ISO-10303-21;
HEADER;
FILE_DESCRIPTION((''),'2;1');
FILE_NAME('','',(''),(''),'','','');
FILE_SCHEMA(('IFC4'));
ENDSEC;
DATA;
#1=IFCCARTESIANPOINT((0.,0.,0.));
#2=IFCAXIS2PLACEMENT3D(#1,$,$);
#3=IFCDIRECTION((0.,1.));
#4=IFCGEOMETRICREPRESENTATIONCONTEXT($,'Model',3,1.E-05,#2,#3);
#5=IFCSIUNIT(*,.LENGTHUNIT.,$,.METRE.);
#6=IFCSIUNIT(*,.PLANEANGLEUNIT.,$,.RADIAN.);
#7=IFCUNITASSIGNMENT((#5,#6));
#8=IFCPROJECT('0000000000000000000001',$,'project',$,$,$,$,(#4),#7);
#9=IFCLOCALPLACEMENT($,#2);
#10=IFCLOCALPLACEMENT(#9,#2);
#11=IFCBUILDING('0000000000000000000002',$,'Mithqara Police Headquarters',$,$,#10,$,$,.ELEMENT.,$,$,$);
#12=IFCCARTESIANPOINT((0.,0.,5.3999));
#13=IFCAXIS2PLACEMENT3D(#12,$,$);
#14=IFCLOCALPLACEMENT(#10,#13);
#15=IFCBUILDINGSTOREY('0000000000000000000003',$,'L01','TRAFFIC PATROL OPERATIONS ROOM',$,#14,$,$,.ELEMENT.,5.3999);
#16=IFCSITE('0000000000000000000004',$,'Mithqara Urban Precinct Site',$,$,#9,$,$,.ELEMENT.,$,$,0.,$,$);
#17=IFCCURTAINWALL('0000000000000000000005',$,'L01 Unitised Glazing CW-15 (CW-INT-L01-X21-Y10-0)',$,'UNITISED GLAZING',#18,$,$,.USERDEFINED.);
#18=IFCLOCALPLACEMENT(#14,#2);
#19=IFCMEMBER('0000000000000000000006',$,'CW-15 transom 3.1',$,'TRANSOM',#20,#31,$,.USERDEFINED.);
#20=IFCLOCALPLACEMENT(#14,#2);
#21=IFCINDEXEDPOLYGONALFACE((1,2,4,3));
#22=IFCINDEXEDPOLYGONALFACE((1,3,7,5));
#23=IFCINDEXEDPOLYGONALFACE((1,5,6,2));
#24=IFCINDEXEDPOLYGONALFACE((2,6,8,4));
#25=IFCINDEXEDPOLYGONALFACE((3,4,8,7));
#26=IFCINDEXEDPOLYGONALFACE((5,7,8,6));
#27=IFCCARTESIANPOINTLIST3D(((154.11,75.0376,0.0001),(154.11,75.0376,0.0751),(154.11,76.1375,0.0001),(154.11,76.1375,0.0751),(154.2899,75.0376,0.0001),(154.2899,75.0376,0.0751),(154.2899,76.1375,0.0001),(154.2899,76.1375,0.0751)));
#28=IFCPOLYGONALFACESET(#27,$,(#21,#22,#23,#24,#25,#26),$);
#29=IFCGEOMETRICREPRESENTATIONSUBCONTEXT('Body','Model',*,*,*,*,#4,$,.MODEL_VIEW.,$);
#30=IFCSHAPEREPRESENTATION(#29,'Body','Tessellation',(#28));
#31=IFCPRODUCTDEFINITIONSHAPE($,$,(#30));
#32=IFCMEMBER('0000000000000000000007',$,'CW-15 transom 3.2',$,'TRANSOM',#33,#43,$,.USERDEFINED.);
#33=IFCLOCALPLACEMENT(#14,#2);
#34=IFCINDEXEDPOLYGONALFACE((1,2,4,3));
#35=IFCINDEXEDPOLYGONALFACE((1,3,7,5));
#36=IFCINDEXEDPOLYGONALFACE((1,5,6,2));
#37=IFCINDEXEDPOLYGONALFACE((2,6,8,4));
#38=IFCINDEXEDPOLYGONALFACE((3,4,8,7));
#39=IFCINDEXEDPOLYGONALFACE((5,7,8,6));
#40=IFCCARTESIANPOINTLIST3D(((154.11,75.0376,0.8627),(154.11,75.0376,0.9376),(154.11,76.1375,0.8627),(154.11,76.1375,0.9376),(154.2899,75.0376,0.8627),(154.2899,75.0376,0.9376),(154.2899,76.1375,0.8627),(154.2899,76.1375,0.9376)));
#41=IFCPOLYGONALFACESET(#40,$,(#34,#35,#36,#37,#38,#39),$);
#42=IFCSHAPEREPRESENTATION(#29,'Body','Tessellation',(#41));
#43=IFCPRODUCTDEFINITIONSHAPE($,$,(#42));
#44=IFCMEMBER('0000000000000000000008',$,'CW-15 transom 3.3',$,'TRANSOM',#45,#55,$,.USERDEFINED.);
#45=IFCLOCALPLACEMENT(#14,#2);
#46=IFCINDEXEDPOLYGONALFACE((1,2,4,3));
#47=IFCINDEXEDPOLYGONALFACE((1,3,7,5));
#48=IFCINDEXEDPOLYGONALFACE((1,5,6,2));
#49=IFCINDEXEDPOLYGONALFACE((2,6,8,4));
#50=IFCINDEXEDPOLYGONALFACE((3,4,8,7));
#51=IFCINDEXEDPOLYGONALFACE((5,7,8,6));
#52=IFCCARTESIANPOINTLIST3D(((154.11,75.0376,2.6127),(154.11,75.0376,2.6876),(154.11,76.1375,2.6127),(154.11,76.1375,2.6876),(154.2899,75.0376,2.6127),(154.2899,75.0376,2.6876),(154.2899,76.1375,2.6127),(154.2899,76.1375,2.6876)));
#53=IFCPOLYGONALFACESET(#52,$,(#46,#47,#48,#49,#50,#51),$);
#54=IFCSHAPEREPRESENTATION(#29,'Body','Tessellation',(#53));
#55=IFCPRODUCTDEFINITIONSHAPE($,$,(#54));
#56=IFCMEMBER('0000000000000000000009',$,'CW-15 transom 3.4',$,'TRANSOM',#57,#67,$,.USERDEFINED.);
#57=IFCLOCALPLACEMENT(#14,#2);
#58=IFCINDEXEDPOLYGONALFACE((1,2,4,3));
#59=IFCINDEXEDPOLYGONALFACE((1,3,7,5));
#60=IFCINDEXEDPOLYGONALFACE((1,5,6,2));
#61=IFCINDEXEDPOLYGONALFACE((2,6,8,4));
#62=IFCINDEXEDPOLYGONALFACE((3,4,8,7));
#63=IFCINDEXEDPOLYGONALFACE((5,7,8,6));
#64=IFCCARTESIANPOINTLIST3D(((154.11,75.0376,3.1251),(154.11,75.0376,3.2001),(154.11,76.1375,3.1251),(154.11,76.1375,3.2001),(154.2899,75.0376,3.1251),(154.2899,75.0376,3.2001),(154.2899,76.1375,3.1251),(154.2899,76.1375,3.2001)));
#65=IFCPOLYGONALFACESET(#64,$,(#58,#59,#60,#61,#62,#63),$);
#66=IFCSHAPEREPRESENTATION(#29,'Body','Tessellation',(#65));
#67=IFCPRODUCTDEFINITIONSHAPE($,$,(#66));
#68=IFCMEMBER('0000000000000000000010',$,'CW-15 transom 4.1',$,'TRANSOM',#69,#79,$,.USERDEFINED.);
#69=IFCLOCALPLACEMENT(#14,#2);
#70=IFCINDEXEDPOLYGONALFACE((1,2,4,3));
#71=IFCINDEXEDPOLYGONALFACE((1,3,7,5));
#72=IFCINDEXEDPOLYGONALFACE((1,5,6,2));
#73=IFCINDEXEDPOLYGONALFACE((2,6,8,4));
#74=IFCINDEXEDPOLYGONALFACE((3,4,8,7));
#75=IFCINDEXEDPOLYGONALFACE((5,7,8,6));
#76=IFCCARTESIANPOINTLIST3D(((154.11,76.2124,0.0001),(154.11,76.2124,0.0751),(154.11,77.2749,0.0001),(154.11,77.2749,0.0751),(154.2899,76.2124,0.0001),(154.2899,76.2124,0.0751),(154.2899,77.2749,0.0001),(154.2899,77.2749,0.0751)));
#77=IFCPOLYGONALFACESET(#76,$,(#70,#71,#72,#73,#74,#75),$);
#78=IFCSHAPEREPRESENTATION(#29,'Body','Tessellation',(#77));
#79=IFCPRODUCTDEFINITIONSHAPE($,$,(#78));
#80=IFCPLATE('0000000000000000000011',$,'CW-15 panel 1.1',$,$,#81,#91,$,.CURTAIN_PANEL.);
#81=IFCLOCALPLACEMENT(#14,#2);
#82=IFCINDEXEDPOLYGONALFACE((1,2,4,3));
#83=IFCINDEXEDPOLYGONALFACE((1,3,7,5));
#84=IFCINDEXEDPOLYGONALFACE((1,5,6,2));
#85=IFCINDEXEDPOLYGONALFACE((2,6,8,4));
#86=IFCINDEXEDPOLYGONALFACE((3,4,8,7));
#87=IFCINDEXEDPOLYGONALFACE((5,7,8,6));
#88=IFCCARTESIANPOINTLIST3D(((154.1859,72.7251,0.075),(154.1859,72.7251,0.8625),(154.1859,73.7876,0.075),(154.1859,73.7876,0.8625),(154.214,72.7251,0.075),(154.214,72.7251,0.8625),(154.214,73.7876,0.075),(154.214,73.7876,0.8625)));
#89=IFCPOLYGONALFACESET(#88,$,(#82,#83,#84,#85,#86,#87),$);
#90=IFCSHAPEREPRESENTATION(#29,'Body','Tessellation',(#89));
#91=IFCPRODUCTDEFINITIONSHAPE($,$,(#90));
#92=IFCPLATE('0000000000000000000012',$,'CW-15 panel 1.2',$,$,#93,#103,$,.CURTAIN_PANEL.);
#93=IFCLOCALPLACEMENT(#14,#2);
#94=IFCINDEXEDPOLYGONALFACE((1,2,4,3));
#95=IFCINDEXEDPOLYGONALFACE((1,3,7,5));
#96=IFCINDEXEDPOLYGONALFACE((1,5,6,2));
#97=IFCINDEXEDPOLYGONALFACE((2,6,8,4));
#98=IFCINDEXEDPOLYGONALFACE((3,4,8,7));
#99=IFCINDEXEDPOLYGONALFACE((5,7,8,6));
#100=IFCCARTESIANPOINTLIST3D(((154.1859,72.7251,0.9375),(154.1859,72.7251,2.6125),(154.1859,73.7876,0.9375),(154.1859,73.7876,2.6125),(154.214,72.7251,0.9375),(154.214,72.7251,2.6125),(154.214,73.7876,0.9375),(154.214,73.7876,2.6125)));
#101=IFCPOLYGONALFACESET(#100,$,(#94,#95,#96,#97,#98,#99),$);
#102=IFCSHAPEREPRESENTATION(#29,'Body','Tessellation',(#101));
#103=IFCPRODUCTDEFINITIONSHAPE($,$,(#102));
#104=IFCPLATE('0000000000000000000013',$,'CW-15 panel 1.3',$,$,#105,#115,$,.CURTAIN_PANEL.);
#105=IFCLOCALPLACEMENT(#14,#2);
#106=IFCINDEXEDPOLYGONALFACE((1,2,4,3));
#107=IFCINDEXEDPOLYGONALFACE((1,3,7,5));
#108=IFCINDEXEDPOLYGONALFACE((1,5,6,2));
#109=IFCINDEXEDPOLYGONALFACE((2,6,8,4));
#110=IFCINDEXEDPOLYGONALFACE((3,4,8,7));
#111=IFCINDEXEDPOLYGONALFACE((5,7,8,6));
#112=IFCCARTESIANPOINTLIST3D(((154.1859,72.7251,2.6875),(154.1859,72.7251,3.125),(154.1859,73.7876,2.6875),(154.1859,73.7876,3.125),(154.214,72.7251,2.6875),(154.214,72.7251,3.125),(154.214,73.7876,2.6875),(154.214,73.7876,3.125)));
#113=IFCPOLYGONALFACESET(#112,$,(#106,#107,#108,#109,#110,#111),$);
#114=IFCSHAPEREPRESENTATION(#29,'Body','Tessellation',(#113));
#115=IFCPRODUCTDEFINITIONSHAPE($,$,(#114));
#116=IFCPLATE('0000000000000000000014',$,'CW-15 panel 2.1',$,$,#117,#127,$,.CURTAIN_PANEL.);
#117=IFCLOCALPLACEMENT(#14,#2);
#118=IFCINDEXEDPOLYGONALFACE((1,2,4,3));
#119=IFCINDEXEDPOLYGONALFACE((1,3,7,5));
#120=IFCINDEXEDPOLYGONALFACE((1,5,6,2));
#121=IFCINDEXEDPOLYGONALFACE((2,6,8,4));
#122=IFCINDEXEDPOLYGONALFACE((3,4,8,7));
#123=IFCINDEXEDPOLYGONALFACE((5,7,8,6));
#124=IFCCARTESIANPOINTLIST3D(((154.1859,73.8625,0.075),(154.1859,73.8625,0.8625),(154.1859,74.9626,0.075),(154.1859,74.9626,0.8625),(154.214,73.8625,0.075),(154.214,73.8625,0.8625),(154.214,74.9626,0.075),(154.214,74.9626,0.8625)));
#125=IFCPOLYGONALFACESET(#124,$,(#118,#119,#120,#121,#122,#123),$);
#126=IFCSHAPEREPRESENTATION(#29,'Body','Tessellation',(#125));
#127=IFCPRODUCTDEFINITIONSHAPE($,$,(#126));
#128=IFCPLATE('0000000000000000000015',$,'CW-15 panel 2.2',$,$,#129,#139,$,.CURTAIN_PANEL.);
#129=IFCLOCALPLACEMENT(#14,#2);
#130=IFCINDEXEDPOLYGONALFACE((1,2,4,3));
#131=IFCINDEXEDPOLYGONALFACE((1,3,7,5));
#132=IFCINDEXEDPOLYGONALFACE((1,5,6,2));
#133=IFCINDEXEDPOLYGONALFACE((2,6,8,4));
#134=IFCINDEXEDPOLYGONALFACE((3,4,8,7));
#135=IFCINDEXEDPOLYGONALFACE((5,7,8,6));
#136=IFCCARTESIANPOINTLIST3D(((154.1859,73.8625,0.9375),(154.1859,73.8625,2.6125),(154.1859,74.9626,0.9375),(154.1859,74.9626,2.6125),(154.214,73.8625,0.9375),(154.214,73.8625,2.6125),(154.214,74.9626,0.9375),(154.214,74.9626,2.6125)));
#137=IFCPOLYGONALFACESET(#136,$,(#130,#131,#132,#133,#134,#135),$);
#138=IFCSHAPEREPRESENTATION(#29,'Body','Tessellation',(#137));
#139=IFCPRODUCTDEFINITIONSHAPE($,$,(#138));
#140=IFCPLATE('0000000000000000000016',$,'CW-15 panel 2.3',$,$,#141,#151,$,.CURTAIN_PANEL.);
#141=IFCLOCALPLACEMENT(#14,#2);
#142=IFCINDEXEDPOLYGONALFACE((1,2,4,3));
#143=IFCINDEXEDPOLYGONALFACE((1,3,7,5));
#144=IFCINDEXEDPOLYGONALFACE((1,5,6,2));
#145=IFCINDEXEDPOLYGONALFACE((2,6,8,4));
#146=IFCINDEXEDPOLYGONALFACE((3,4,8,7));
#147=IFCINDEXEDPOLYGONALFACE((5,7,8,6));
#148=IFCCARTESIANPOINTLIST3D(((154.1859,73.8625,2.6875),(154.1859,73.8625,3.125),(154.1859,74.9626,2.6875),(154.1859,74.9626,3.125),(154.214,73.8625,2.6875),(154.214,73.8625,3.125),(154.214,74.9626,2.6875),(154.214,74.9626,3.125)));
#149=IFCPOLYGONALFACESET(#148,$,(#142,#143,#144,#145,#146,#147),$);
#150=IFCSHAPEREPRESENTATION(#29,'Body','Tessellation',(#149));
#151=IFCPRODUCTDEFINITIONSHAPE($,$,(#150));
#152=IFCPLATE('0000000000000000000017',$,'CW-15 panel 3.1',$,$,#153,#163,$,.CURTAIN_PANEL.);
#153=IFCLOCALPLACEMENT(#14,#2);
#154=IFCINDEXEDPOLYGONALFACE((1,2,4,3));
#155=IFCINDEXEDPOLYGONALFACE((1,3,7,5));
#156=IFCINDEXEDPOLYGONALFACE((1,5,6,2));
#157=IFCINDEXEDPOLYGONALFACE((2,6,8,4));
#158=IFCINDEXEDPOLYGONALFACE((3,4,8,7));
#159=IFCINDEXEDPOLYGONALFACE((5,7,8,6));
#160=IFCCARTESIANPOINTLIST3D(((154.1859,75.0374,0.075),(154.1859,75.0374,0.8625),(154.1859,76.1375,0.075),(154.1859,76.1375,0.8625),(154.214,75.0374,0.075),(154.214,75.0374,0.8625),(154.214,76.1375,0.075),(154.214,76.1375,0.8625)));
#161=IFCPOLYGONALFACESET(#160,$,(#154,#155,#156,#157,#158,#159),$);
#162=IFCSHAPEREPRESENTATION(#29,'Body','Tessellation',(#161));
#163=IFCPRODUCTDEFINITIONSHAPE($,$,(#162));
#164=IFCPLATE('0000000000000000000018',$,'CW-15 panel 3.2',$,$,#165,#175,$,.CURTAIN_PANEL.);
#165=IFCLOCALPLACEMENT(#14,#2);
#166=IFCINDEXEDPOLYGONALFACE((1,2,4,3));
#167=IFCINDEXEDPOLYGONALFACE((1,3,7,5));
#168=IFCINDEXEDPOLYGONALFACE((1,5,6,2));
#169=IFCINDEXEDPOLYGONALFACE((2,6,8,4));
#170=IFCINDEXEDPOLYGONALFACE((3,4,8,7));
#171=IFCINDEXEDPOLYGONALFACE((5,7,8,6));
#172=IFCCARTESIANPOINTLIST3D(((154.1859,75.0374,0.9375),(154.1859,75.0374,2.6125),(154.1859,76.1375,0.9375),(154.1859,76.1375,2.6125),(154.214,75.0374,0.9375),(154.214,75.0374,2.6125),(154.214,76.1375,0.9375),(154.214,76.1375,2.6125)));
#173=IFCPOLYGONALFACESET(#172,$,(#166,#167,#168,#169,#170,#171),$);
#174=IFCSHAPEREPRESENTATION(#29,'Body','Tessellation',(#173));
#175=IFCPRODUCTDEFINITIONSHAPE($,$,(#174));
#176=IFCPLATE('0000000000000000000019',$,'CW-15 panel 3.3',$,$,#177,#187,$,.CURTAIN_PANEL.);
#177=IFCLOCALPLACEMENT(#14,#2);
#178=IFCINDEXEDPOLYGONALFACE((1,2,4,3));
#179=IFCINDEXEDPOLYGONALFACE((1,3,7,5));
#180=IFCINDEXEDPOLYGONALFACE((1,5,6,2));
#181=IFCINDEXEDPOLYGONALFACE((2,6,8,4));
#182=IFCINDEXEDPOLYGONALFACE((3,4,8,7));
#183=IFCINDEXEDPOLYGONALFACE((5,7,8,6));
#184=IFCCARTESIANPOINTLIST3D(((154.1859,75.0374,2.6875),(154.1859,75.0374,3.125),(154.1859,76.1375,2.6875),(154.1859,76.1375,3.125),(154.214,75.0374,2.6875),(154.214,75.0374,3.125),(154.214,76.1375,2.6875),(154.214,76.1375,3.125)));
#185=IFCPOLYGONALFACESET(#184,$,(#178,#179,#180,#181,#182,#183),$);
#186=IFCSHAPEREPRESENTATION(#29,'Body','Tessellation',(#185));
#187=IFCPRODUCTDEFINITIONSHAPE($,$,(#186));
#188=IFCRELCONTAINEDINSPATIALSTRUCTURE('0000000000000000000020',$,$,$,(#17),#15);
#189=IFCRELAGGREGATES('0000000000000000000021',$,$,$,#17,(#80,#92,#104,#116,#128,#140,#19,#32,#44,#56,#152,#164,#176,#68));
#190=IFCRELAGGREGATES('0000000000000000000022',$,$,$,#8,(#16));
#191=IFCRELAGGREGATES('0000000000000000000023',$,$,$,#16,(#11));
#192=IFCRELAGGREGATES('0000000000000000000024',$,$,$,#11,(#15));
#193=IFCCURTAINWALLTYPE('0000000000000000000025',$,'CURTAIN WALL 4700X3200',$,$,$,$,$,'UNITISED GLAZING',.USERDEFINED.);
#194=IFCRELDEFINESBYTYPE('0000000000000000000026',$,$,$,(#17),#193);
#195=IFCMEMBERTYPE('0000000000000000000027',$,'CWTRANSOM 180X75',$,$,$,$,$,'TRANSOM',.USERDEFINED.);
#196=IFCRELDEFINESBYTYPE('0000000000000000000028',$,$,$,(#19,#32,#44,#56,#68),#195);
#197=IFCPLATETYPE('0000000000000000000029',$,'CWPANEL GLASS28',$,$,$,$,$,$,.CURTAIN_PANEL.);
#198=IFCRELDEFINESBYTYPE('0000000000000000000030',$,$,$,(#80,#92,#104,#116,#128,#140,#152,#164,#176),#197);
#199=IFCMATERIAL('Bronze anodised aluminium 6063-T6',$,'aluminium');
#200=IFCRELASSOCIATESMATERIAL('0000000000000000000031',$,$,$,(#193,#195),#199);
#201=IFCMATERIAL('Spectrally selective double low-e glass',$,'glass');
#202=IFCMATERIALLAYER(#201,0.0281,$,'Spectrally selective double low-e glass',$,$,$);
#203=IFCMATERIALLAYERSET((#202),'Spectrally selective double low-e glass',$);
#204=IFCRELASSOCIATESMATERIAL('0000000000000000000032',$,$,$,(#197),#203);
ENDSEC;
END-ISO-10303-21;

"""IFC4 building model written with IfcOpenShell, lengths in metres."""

from ifc_helpers import new_model, si_unit, direction, frame, origin, origin_2d, place, context, subcontext, project, spatial, rectangle, extrude, material, layer, layer_set, material_profile, profile_set, type_object, element, aggregate, save


model = new_model("IFC4")

# Units and contexts
model_context = context("Model", 3, precision=1e-05, world=origin(), true_north=direction((0.0, 1.0)))
body_context = subcontext(model_context, "Body", "Model", "MODEL_VIEW")
ifc_project = project(units=[si_unit("LENGTHUNIT", "METRE"), si_unit("PLANEANGLEUNIT", "RADIAN")], contexts=[model_context])

# Site, building, storey
site_placement = place(None, origin())
site = spatial("IfcSite", under=ifc_project, at=site_placement, Name="Mithqara Urban Precinct Site", CompositionType="ELEMENT", RefElevation=0.0)
building_placement = place(site_placement, origin())
building = spatial("IfcBuilding", under=site, at=building_placement, Name="Mithqara Police Headquarters", CompositionType="ELEMENT")
storey_placement = place(building_placement, frame((0.0, 0.0, 5.3999)))
storey = spatial("IfcBuildingStorey", under=building, at=storey_placement, Name="L01", Description="TRAFFIC PATROL OPERATIONS ROOM", CompositionType="ELEMENT", Elevation=5.3999)

# Curtain wall, members, plates
ifc_material_1 = material(Name="Bronze anodised aluminium 6063-T6", Category="aluminium")
curtain_wall_type = type_object("IfcCurtainWallType", Name="CURTAIN WALL 4700X3200", ElementType="UNITISED GLAZING", PredefinedType="USERDEFINED", material=ifc_material_1)
curtain_wall_placement = place(storey_placement, origin())
curtain_wall = element("IfcCurtainWall", 1, at=curtain_wall_placement, inside=storey, type_object=curtain_wall_type, Name="L01 Unitised Glazing CW-15 (CW-INT-L01-X21-Y10-0)", ObjectType="UNITISED GLAZING", PredefinedType="USERDEFINED")
ifc_material_profile_1 = material_profile(ifc_material_1, rectangle(XDim=0.1799, YDim=0.075, at=origin_2d()), Name="CWT 180x75")
ifc_profile_set_1 = profile_set([ifc_material_profile_1], Name="Bronze anodised aluminium 6063-T6")
member_type_1 = type_object("IfcMemberType", Name="CWTRANSOM 180X75", ElementType="TRANSOM", PredefinedType="USERDEFINED", material=ifc_profile_set_1)
member_1_placement = place(storey_placement, frame((154.2, 75.0376, 0.0376), z_axis=(0.0, 1.0, 0.0), x_axis=(-1.0, 0.0, 0.0)))
member_1 = element("IfcMember", 2, at=member_1_placement, type_object=member_type_1, Name="CW-15 transom 3.1", ObjectType="TRANSOM", PredefinedType="USERDEFINED", context=body_context, shape_type="SweptSolid", body=[
    extrude(rectangle(XDim=0.1799, YDim=0.075, at=origin_2d()), origin(), (0.0, 0.0, 1.0), 1.0999),
])
member_2_placement = place(storey_placement, frame((154.2, 75.0376, 0.9001), z_axis=(0.0, 1.0, 0.0), x_axis=(-1.0, 0.0, 0.0)))
member_2 = element("IfcMember", 3, at=member_2_placement, type_object=member_type_1, Name="CW-15 transom 3.2", ObjectType="TRANSOM", PredefinedType="USERDEFINED", context=body_context, shape_type="SweptSolid", body=[
    extrude(rectangle(XDim=0.1799, YDim=0.075, at=origin_2d()), origin(), (0.0, 0.0, 1.0), 1.0999),
])
member_3_placement = place(storey_placement, frame((154.2, 75.0376, 2.6501), z_axis=(0.0, 1.0, 0.0), x_axis=(-1.0, 0.0, 0.0)))
member_3 = element("IfcMember", 4, at=member_3_placement, type_object=member_type_1, Name="CW-15 transom 3.3", ObjectType="TRANSOM", PredefinedType="USERDEFINED", context=body_context, shape_type="SweptSolid", body=[
    extrude(rectangle(XDim=0.1799, YDim=0.075, at=origin_2d()), origin(), (0.0, 0.0, 1.0), 1.0999),
])
member_4_placement = place(storey_placement, frame((154.2, 75.0376, 3.1626), z_axis=(0.0, 1.0, 0.0), x_axis=(-1.0, 0.0, 0.0)))
member_4 = element("IfcMember", 5, at=member_4_placement, type_object=member_type_1, Name="CW-15 transom 3.4", ObjectType="TRANSOM", PredefinedType="USERDEFINED", context=body_context, shape_type="SweptSolid", body=[
    extrude(rectangle(XDim=0.1799, YDim=0.075, at=origin_2d()), origin(), (0.0, 0.0, 1.0), 1.0999),
])
member_5_placement = place(storey_placement, frame((154.2, 76.2124, 0.0376), z_axis=(0.0, 1.0, 0.0), x_axis=(-1.0, 0.0, 0.0)))
member_5 = element("IfcMember", 6, at=member_5_placement, type_object=member_type_1, Name="CW-15 transom 4.1", ObjectType="TRANSOM", PredefinedType="USERDEFINED", context=body_context, shape_type="SweptSolid", body=[
    extrude(rectangle(XDim=0.1799, YDim=0.075, at=origin_2d()), origin(), (0.0, 0.0, 1.0), 1.0625),
])
ifc_material_2 = material(Name="Spectrally selective double low-e glass", Category="glass")
ifc_layer = layer(ifc_material_2, 0.0281, Name="Spectrally selective double low-e glass")
ifc_layer_set = layer_set([ifc_layer], Name="Spectrally selective double low-e glass")
plate_type = type_object("IfcPlateType", Name="CWPANEL GLASS28", PredefinedType="CURTAIN_PANEL", material=ifc_layer_set)
plate_1_placement = place(storey_placement, frame((154.2, 73.2563, 0.075), z_axis=(0.0, 0.0, 1.0), x_axis=(0.0, 1.0, 0.0)))
plate_1 = element("IfcPlate", 7, at=plate_1_placement, type_object=plate_type, Name="CW-15 panel 1.1", PredefinedType="CURTAIN_PANEL", context=body_context, shape_type="SweptSolid", body=[
    extrude(rectangle(XDim=1.0625, YDim=0.0281, at=origin_2d()), origin(), (0.0, 0.0, 1.0), 0.7876),
])
plate_2_placement = place(storey_placement, frame((154.2, 73.2563, 0.9375), z_axis=(0.0, 0.0, 1.0), x_axis=(0.0, 1.0, 0.0)))
plate_2 = element("IfcPlate", 8, at=plate_2_placement, type_object=plate_type, Name="CW-15 panel 1.2", PredefinedType="CURTAIN_PANEL", context=body_context, shape_type="SweptSolid", body=[
    extrude(rectangle(XDim=1.0625, YDim=0.0281, at=origin_2d()), origin(), (0.0, 0.0, 1.0), 1.675),
])
plate_3_placement = place(storey_placement, frame((154.2, 73.2563, 2.6875), z_axis=(0.0, 0.0, 1.0), x_axis=(0.0, 1.0, 0.0)))
plate_3 = element("IfcPlate", 9, at=plate_3_placement, type_object=plate_type, Name="CW-15 panel 1.3", PredefinedType="CURTAIN_PANEL", context=body_context, shape_type="SweptSolid", body=[
    extrude(rectangle(XDim=1.0625, YDim=0.0281, at=origin_2d()), origin(), (0.0, 0.0, 1.0), 0.4375),
])
plate_4_placement = place(storey_placement, frame((154.2, 74.4126, 0.075), z_axis=(0.0, 0.0, 1.0), x_axis=(0.0, 1.0, 0.0)))
plate_4 = element("IfcPlate", 10, at=plate_4_placement, type_object=plate_type, Name="CW-15 panel 2.1", PredefinedType="CURTAIN_PANEL", context=body_context, shape_type="SweptSolid", body=[
    extrude(rectangle(XDim=1.1001, YDim=0.0281, at=origin_2d()), origin(), (0.0, 0.0, 1.0), 0.7876),
])
plate_5_placement = place(storey_placement, frame((154.2, 74.4126, 0.9375), z_axis=(0.0, 0.0, 1.0), x_axis=(0.0, 1.0, 0.0)))
plate_5 = element("IfcPlate", 11, at=plate_5_placement, type_object=plate_type, Name="CW-15 panel 2.2", PredefinedType="CURTAIN_PANEL", context=body_context, shape_type="SweptSolid", body=[
    extrude(rectangle(XDim=1.1001, YDim=0.0281, at=origin_2d()), origin(), (0.0, 0.0, 1.0), 1.675),
])
plate_6_placement = place(storey_placement, frame((154.2, 74.4126, 2.6875), z_axis=(0.0, 0.0, 1.0), x_axis=(0.0, 1.0, 0.0)))
plate_6 = element("IfcPlate", 12, at=plate_6_placement, type_object=plate_type, Name="CW-15 panel 2.3", PredefinedType="CURTAIN_PANEL", context=body_context, shape_type="SweptSolid", body=[
    extrude(rectangle(XDim=1.1001, YDim=0.0281, at=origin_2d()), origin(), (0.0, 0.0, 1.0), 0.4375),
])
plate_7_placement = place(storey_placement, frame((154.2, 75.5874, 0.075), z_axis=(0.0, 0.0, 1.0), x_axis=(0.0, 1.0, 0.0)))
plate_7 = element("IfcPlate", 13, at=plate_7_placement, type_object=plate_type, Name="CW-15 panel 3.1", PredefinedType="CURTAIN_PANEL", context=body_context, shape_type="SweptSolid", body=[
    extrude(rectangle(XDim=1.1001, YDim=0.0281, at=origin_2d()), origin(), (0.0, 0.0, 1.0), 0.7876),
])
plate_8_placement = place(storey_placement, frame((154.2, 75.5874, 0.9375), z_axis=(0.0, 0.0, 1.0), x_axis=(0.0, 1.0, 0.0)))
plate_8 = element("IfcPlate", 14, at=plate_8_placement, type_object=plate_type, Name="CW-15 panel 3.2", PredefinedType="CURTAIN_PANEL", context=body_context, shape_type="SweptSolid", body=[
    extrude(rectangle(XDim=1.1001, YDim=0.0281, at=origin_2d()), origin(), (0.0, 0.0, 1.0), 1.675),
])
plate_9_placement = place(storey_placement, frame((154.2, 75.5874, 2.6875), z_axis=(0.0, 0.0, 1.0), x_axis=(0.0, 1.0, 0.0)))
plate_9 = element("IfcPlate", 15, at=plate_9_placement, type_object=plate_type, Name="CW-15 panel 3.3", PredefinedType="CURTAIN_PANEL", context=body_context, shape_type="SweptSolid", body=[
    extrude(rectangle(XDim=1.1001, YDim=0.0281, at=origin_2d()), origin(), (0.0, 0.0, 1.0), 0.4375),
])
aggregate(curtain_wall, [plate_1, plate_2, plate_3, plate_4, plate_5, plate_6, member_1, member_2, member_3, member_4, plate_7, plate_8, plate_9, member_5])

save(model, "model.ifc")
